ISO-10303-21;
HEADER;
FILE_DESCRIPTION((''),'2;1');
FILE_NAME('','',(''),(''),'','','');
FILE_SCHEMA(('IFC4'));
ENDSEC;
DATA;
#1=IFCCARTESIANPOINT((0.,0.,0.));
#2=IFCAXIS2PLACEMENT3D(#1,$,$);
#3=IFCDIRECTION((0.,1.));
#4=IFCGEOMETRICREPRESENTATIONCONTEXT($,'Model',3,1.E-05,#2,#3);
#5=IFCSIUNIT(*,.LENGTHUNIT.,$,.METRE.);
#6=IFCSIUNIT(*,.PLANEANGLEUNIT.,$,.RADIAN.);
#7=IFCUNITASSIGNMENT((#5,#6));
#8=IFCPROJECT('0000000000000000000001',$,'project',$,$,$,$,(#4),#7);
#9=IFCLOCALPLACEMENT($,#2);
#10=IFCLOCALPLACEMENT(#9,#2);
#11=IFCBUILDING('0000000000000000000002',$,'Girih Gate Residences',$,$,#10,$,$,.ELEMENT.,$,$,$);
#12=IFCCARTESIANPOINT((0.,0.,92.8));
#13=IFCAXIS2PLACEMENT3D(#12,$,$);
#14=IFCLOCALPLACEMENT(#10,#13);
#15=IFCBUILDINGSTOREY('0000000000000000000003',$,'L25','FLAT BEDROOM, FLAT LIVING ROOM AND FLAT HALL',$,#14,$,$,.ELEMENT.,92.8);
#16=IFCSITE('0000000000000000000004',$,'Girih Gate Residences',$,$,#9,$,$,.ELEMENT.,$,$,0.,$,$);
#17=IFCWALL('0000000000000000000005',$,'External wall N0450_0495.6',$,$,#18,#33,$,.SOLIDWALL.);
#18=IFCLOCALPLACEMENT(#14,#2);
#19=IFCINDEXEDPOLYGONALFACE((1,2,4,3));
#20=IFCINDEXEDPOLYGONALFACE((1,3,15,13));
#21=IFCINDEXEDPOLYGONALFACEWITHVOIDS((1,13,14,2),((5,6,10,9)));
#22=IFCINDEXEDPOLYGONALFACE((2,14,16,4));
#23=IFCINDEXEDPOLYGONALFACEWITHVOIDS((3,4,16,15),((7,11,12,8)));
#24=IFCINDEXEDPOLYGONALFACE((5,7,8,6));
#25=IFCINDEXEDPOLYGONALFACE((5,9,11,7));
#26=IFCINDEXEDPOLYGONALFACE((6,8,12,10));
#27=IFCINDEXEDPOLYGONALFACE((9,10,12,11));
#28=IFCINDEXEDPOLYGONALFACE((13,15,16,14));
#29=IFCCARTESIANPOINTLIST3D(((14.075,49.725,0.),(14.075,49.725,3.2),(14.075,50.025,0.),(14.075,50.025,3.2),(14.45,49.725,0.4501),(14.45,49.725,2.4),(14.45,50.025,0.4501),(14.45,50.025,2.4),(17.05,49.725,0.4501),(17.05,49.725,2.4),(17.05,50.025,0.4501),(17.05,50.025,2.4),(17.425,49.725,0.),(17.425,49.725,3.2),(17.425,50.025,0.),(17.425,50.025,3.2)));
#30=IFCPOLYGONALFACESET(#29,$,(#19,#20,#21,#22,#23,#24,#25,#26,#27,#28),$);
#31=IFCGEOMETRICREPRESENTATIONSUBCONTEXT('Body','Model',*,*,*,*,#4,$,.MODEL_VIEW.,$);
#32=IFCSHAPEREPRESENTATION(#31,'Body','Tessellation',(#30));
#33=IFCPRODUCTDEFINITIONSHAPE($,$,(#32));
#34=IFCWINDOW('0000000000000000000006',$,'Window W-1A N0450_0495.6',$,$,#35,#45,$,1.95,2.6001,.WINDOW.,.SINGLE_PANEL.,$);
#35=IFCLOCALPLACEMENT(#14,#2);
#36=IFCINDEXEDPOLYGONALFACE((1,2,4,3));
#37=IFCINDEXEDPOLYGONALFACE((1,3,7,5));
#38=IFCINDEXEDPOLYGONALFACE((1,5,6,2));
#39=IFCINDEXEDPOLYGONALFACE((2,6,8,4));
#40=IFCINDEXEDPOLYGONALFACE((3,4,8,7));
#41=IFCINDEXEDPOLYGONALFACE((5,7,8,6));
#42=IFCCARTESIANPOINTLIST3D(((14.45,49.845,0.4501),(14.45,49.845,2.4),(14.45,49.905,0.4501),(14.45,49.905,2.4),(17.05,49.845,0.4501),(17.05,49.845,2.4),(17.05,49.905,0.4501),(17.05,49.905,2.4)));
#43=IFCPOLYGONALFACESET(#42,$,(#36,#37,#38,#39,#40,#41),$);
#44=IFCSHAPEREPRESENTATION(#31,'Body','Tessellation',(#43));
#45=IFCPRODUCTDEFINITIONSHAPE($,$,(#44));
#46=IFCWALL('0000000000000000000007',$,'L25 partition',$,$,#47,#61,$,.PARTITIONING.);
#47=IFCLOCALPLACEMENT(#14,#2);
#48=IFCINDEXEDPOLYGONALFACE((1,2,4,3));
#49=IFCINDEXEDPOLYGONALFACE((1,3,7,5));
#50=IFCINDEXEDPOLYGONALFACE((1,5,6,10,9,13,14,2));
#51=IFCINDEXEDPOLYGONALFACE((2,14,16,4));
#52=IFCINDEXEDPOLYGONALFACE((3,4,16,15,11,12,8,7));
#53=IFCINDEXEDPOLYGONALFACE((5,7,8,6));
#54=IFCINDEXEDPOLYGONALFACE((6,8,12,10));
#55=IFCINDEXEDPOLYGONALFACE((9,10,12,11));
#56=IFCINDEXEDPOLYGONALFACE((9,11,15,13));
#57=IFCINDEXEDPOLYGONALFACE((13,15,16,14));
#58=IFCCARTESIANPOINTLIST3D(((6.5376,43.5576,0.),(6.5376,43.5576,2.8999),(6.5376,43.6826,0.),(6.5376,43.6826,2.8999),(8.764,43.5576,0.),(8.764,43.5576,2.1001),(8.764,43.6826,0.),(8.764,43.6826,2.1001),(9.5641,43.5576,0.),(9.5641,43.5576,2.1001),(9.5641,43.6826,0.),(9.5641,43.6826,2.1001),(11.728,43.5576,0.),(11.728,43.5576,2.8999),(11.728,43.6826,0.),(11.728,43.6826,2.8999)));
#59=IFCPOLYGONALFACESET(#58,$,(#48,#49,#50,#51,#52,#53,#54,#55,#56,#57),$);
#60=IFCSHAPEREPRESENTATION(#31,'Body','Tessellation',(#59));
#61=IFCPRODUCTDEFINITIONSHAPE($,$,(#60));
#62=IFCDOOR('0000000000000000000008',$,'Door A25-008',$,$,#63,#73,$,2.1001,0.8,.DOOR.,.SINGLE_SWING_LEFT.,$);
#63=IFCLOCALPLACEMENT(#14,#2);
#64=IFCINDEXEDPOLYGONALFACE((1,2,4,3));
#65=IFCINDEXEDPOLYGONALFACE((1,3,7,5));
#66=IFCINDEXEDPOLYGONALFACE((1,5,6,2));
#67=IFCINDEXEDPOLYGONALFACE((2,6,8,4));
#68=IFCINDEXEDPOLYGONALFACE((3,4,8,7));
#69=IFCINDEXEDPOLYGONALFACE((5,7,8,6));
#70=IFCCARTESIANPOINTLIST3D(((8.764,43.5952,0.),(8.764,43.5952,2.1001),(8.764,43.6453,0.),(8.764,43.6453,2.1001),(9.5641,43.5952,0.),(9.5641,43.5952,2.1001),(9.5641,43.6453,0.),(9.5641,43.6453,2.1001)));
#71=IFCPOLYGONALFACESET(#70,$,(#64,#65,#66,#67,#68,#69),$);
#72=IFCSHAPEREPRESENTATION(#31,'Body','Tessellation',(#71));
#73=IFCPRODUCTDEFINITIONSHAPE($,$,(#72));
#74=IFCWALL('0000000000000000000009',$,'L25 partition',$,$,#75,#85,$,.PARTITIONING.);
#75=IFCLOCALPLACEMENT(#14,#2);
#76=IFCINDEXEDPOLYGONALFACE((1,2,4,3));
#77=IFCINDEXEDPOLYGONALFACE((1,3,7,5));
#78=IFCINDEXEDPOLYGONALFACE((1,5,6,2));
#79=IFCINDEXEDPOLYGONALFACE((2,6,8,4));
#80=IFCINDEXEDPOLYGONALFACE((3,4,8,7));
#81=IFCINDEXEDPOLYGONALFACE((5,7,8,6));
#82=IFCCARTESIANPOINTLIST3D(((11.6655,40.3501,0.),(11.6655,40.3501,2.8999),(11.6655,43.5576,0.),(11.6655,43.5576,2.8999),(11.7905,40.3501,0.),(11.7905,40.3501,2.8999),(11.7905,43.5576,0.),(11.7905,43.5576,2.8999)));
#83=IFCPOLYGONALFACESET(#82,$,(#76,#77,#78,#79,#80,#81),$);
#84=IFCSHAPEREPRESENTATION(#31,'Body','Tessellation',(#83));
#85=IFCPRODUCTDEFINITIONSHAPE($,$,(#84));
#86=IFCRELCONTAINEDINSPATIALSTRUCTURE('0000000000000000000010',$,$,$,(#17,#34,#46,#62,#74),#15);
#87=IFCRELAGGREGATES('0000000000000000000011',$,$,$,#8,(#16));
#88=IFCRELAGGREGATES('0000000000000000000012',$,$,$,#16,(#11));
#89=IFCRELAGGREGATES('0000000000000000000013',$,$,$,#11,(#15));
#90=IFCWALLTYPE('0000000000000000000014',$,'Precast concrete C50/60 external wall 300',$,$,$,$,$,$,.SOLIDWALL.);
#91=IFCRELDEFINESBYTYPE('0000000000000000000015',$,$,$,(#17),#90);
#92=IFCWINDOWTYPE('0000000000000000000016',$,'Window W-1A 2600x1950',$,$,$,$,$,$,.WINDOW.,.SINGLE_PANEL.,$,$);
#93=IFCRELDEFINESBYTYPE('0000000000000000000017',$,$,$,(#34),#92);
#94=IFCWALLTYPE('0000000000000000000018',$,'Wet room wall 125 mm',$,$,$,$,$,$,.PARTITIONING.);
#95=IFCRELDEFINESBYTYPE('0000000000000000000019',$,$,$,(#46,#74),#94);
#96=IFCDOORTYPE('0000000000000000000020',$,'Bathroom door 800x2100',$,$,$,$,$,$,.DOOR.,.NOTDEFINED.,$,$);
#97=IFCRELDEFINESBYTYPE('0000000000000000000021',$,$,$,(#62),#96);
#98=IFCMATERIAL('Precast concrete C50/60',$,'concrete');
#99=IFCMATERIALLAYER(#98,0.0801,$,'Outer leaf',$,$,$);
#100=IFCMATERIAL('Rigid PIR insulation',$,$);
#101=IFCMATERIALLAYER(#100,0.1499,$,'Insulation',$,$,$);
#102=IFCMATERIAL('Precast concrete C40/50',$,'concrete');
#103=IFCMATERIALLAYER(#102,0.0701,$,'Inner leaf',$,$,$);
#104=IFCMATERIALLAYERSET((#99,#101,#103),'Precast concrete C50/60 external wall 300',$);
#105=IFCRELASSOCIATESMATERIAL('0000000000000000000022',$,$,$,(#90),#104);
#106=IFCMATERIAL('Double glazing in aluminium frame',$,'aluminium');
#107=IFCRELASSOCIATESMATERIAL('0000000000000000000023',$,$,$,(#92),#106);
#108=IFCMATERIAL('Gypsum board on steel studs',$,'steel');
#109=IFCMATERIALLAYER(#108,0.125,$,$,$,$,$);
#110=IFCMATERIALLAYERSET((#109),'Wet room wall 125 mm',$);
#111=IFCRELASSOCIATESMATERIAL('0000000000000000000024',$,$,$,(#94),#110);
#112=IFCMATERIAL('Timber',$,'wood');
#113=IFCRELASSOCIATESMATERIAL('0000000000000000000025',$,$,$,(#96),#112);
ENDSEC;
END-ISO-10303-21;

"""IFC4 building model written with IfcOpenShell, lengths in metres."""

from ifc_helpers import new_model, si_unit, direction, frame, frame_2d, origin, place, context, subcontext, project, spatial, rectangle, extrude, material, layer, layer_set, type_object, element, fill, save


model = new_model("IFC4")

# Units and contexts
model_context = context("Model", 3, precision=1e-05, world=origin(), true_north=direction((0.0, 1.0)))
body_context = subcontext(model_context, "Body", "Model", "MODEL_VIEW")
ifc_project = project(units=[si_unit("LENGTHUNIT", "METRE"), si_unit("PLANEANGLEUNIT", "RADIAN")], contexts=[model_context])

# Site, building, storey
site_placement = place(None, origin())
site = spatial("IfcSite", under=ifc_project, at=site_placement, Name="Girih Gate Residences", CompositionType="ELEMENT", RefElevation=0.0)
building_placement = place(site_placement, origin())
building = spatial("IfcBuilding", under=site, at=building_placement, Name="Girih Gate Residences", CompositionType="ELEMENT")
storey_placement = place(building_placement, frame((0.0, 0.0, 92.8)))
storey = spatial("IfcBuildingStorey", under=building, at=storey_placement, Name="L25", Description="FLAT BEDROOM, FLAT LIVING ROOM AND FLAT HALL", CompositionType="ELEMENT", Elevation=92.8)

# Shared definitions
ifc_material_1 = material(Name="Gypsum board on steel studs", Category="steel")

# Shared definitions
ifc_material_2 = material(Name="Timber", Category="wood")

# Wall, opening, window
ifc_material_3 = material(Name="Precast concrete C50/60", Category="concrete")
ifc_layer_1 = layer(ifc_material_3, 0.0801, Name="Outer leaf")
ifc_material_4 = material(Name="Rigid PIR insulation")
ifc_layer_2 = layer(ifc_material_4, 0.1499, Name="Insulation")
ifc_material_5 = material(Name="Precast concrete C40/50", Category="concrete")
ifc_layer_3 = layer(ifc_material_5, 0.0701, Name="Inner leaf")
ifc_layer_set_1 = layer_set([ifc_layer_1, ifc_layer_2, ifc_layer_3], Name="Precast concrete C50/60 external wall 300")
wall_type_1 = type_object("IfcWallType", Name="Precast concrete C50/60 external wall 300", PredefinedType="SOLIDWALL", material=ifc_layer_set_1)
wall_1_placement = place(storey_placement, frame((14.075, 49.875, 0.0), z_axis=(0.0, 0.0, 1.0), x_axis=(1.0, 0.0, 0.0)))
wall_1 = element("IfcWall", 1, at=wall_1_placement, inside=storey, type_object=wall_type_1, Name="External wall N0450_0495.6", PredefinedType="SOLIDWALL", context=body_context, shape_type="SweptSolid", body=[
    extrude(rectangle(XDim=3.3501, YDim=0.3, at=frame_2d((1.675, 0.0))), origin(), (0.0, 0.0, 1.0), 3.2),
])
opening_1_placement = place(wall_1_placement, frame((0.375, 0.0, 0.45)))
opening_1 = element("IfcOpeningElement", 2, at=opening_1_placement, cuts=wall_1, PredefinedType="OPENING", context=body_context, shape_type="SweptSolid", body=[
    extrude(rectangle(XDim=2.6001, YDim=1.95, at=frame_2d((1.3, 0.9751))), frame((0.0, 0.1599, 0.0), z_axis=(0.0, -1.0, 0.0), x_axis=(1.0, 0.0, 0.0)), (0.0, 0.0, 1.0), 0.3201),
])
ifc_material_6 = material(Name="Double glazing in aluminium frame", Category="aluminium")
window_type = type_object("IfcWindowType", Name="Window W-1A 2600x1950", PartitioningType="SINGLE_PANEL", PredefinedType="WINDOW", material=ifc_material_6)
window_placement = place(opening_1_placement, origin())
window = element("IfcWindow", 3, at=window_placement, inside=storey, type_object=window_type, Name="Window W-1A N0450_0495.6", OverallHeight=1.95, OverallWidth=2.6001, PartitioningType="SINGLE_PANEL", PredefinedType="WINDOW", context=body_context, shape_type="SweptSolid", body=[
    extrude(rectangle(XDim=2.6001, YDim=1.95, at=frame_2d((1.3, 0.9751))), frame((0.0, 0.03, 0.0), z_axis=(0.0, -1.0, 0.0), x_axis=(1.0, 0.0, 0.0)), (0.0, 0.0, 1.0), 0.0601),
])
fill(opening_1, window)

# Wall, opening, door
ifc_layer_4 = layer(ifc_material_1, 0.125)
ifc_layer_set_2 = layer_set([ifc_layer_4], Name="Wet room wall 125 mm")
wall_type_2 = type_object("IfcWallType", Name="Wet room wall 125 mm", PredefinedType="PARTITIONING", material=ifc_layer_set_2)
wall_2_placement = place(storey_placement, frame((11.728, 43.6201, 0.0), z_axis=(0.0, 0.0, 1.0), x_axis=(-1.0, 0.0, 0.0)))
wall_2 = element("IfcWall", 4, at=wall_2_placement, inside=storey, type_object=wall_type_2, Name="L25 partition", PredefinedType="PARTITIONING", context=body_context, shape_type="SweptSolid", body=[
    extrude(rectangle(XDim=5.1904, YDim=0.125, at=frame_2d((2.5952, 0.0))), origin(), (0.0, 0.0, 1.0), 2.8999),
])
opening_2_placement = place(wall_2_placement, frame((2.1641, 0.0, 0.0)))
opening_2 = element("IfcOpeningElement", 5, at=opening_2_placement, cuts=wall_2, PredefinedType="OPENING", context=body_context, shape_type="SweptSolid", body=[
    extrude(rectangle(XDim=0.8, YDim=2.1001, at=frame_2d((0.3999, 1.05))), frame((0.0, 0.0725, 0.0), z_axis=(0.0, -1.0, 0.0), x_axis=(1.0, 0.0, 0.0)), (0.0, 0.0, 1.0), 0.145),
])
door_type_1 = type_object("IfcDoorType", Name="Bathroom door 800x2100", OperationType="NOTDEFINED", PredefinedType="DOOR", material=ifc_material_2)
door_1_placement = place(opening_2_placement, origin())
door_1 = element("IfcDoor", 6, at=door_1_placement, inside=storey, type_object=door_type_1, Name="Door A25-008", OperationType="SINGLE_SWING_LEFT", OverallHeight=2.1001, OverallWidth=0.8, PredefinedType="DOOR", context=body_context, shape_type="SweptSolid", body=[
    extrude(rectangle(XDim=0.8, YDim=2.1001, at=frame_2d((0.3999, 1.05))), frame((0.0, 0.0249, 0.0), z_axis=(0.0, -1.0, 0.0), x_axis=(1.0, 0.0, 0.0)), (0.0, 0.0, 1.0), 0.05),
])
fill(opening_2, door_1)

# Wall
wall_3_placement = place(storey_placement, frame((11.728, 40.3501, 0.0), z_axis=(0.0, 0.0, 1.0), x_axis=(0.0, 1.0, 0.0)))
element("IfcWall", 7, at=wall_3_placement, inside=storey, type_object=wall_type_2, Name="L25 partition", PredefinedType="PARTITIONING", context=body_context, shape_type="SweptSolid", body=[
    extrude(rectangle(XDim=3.2075, YDim=0.125, at=frame_2d((1.6038, 0.0))), origin(), (0.0, 0.0, 1.0), 2.8999),
])

save(model, "model.ifc")
